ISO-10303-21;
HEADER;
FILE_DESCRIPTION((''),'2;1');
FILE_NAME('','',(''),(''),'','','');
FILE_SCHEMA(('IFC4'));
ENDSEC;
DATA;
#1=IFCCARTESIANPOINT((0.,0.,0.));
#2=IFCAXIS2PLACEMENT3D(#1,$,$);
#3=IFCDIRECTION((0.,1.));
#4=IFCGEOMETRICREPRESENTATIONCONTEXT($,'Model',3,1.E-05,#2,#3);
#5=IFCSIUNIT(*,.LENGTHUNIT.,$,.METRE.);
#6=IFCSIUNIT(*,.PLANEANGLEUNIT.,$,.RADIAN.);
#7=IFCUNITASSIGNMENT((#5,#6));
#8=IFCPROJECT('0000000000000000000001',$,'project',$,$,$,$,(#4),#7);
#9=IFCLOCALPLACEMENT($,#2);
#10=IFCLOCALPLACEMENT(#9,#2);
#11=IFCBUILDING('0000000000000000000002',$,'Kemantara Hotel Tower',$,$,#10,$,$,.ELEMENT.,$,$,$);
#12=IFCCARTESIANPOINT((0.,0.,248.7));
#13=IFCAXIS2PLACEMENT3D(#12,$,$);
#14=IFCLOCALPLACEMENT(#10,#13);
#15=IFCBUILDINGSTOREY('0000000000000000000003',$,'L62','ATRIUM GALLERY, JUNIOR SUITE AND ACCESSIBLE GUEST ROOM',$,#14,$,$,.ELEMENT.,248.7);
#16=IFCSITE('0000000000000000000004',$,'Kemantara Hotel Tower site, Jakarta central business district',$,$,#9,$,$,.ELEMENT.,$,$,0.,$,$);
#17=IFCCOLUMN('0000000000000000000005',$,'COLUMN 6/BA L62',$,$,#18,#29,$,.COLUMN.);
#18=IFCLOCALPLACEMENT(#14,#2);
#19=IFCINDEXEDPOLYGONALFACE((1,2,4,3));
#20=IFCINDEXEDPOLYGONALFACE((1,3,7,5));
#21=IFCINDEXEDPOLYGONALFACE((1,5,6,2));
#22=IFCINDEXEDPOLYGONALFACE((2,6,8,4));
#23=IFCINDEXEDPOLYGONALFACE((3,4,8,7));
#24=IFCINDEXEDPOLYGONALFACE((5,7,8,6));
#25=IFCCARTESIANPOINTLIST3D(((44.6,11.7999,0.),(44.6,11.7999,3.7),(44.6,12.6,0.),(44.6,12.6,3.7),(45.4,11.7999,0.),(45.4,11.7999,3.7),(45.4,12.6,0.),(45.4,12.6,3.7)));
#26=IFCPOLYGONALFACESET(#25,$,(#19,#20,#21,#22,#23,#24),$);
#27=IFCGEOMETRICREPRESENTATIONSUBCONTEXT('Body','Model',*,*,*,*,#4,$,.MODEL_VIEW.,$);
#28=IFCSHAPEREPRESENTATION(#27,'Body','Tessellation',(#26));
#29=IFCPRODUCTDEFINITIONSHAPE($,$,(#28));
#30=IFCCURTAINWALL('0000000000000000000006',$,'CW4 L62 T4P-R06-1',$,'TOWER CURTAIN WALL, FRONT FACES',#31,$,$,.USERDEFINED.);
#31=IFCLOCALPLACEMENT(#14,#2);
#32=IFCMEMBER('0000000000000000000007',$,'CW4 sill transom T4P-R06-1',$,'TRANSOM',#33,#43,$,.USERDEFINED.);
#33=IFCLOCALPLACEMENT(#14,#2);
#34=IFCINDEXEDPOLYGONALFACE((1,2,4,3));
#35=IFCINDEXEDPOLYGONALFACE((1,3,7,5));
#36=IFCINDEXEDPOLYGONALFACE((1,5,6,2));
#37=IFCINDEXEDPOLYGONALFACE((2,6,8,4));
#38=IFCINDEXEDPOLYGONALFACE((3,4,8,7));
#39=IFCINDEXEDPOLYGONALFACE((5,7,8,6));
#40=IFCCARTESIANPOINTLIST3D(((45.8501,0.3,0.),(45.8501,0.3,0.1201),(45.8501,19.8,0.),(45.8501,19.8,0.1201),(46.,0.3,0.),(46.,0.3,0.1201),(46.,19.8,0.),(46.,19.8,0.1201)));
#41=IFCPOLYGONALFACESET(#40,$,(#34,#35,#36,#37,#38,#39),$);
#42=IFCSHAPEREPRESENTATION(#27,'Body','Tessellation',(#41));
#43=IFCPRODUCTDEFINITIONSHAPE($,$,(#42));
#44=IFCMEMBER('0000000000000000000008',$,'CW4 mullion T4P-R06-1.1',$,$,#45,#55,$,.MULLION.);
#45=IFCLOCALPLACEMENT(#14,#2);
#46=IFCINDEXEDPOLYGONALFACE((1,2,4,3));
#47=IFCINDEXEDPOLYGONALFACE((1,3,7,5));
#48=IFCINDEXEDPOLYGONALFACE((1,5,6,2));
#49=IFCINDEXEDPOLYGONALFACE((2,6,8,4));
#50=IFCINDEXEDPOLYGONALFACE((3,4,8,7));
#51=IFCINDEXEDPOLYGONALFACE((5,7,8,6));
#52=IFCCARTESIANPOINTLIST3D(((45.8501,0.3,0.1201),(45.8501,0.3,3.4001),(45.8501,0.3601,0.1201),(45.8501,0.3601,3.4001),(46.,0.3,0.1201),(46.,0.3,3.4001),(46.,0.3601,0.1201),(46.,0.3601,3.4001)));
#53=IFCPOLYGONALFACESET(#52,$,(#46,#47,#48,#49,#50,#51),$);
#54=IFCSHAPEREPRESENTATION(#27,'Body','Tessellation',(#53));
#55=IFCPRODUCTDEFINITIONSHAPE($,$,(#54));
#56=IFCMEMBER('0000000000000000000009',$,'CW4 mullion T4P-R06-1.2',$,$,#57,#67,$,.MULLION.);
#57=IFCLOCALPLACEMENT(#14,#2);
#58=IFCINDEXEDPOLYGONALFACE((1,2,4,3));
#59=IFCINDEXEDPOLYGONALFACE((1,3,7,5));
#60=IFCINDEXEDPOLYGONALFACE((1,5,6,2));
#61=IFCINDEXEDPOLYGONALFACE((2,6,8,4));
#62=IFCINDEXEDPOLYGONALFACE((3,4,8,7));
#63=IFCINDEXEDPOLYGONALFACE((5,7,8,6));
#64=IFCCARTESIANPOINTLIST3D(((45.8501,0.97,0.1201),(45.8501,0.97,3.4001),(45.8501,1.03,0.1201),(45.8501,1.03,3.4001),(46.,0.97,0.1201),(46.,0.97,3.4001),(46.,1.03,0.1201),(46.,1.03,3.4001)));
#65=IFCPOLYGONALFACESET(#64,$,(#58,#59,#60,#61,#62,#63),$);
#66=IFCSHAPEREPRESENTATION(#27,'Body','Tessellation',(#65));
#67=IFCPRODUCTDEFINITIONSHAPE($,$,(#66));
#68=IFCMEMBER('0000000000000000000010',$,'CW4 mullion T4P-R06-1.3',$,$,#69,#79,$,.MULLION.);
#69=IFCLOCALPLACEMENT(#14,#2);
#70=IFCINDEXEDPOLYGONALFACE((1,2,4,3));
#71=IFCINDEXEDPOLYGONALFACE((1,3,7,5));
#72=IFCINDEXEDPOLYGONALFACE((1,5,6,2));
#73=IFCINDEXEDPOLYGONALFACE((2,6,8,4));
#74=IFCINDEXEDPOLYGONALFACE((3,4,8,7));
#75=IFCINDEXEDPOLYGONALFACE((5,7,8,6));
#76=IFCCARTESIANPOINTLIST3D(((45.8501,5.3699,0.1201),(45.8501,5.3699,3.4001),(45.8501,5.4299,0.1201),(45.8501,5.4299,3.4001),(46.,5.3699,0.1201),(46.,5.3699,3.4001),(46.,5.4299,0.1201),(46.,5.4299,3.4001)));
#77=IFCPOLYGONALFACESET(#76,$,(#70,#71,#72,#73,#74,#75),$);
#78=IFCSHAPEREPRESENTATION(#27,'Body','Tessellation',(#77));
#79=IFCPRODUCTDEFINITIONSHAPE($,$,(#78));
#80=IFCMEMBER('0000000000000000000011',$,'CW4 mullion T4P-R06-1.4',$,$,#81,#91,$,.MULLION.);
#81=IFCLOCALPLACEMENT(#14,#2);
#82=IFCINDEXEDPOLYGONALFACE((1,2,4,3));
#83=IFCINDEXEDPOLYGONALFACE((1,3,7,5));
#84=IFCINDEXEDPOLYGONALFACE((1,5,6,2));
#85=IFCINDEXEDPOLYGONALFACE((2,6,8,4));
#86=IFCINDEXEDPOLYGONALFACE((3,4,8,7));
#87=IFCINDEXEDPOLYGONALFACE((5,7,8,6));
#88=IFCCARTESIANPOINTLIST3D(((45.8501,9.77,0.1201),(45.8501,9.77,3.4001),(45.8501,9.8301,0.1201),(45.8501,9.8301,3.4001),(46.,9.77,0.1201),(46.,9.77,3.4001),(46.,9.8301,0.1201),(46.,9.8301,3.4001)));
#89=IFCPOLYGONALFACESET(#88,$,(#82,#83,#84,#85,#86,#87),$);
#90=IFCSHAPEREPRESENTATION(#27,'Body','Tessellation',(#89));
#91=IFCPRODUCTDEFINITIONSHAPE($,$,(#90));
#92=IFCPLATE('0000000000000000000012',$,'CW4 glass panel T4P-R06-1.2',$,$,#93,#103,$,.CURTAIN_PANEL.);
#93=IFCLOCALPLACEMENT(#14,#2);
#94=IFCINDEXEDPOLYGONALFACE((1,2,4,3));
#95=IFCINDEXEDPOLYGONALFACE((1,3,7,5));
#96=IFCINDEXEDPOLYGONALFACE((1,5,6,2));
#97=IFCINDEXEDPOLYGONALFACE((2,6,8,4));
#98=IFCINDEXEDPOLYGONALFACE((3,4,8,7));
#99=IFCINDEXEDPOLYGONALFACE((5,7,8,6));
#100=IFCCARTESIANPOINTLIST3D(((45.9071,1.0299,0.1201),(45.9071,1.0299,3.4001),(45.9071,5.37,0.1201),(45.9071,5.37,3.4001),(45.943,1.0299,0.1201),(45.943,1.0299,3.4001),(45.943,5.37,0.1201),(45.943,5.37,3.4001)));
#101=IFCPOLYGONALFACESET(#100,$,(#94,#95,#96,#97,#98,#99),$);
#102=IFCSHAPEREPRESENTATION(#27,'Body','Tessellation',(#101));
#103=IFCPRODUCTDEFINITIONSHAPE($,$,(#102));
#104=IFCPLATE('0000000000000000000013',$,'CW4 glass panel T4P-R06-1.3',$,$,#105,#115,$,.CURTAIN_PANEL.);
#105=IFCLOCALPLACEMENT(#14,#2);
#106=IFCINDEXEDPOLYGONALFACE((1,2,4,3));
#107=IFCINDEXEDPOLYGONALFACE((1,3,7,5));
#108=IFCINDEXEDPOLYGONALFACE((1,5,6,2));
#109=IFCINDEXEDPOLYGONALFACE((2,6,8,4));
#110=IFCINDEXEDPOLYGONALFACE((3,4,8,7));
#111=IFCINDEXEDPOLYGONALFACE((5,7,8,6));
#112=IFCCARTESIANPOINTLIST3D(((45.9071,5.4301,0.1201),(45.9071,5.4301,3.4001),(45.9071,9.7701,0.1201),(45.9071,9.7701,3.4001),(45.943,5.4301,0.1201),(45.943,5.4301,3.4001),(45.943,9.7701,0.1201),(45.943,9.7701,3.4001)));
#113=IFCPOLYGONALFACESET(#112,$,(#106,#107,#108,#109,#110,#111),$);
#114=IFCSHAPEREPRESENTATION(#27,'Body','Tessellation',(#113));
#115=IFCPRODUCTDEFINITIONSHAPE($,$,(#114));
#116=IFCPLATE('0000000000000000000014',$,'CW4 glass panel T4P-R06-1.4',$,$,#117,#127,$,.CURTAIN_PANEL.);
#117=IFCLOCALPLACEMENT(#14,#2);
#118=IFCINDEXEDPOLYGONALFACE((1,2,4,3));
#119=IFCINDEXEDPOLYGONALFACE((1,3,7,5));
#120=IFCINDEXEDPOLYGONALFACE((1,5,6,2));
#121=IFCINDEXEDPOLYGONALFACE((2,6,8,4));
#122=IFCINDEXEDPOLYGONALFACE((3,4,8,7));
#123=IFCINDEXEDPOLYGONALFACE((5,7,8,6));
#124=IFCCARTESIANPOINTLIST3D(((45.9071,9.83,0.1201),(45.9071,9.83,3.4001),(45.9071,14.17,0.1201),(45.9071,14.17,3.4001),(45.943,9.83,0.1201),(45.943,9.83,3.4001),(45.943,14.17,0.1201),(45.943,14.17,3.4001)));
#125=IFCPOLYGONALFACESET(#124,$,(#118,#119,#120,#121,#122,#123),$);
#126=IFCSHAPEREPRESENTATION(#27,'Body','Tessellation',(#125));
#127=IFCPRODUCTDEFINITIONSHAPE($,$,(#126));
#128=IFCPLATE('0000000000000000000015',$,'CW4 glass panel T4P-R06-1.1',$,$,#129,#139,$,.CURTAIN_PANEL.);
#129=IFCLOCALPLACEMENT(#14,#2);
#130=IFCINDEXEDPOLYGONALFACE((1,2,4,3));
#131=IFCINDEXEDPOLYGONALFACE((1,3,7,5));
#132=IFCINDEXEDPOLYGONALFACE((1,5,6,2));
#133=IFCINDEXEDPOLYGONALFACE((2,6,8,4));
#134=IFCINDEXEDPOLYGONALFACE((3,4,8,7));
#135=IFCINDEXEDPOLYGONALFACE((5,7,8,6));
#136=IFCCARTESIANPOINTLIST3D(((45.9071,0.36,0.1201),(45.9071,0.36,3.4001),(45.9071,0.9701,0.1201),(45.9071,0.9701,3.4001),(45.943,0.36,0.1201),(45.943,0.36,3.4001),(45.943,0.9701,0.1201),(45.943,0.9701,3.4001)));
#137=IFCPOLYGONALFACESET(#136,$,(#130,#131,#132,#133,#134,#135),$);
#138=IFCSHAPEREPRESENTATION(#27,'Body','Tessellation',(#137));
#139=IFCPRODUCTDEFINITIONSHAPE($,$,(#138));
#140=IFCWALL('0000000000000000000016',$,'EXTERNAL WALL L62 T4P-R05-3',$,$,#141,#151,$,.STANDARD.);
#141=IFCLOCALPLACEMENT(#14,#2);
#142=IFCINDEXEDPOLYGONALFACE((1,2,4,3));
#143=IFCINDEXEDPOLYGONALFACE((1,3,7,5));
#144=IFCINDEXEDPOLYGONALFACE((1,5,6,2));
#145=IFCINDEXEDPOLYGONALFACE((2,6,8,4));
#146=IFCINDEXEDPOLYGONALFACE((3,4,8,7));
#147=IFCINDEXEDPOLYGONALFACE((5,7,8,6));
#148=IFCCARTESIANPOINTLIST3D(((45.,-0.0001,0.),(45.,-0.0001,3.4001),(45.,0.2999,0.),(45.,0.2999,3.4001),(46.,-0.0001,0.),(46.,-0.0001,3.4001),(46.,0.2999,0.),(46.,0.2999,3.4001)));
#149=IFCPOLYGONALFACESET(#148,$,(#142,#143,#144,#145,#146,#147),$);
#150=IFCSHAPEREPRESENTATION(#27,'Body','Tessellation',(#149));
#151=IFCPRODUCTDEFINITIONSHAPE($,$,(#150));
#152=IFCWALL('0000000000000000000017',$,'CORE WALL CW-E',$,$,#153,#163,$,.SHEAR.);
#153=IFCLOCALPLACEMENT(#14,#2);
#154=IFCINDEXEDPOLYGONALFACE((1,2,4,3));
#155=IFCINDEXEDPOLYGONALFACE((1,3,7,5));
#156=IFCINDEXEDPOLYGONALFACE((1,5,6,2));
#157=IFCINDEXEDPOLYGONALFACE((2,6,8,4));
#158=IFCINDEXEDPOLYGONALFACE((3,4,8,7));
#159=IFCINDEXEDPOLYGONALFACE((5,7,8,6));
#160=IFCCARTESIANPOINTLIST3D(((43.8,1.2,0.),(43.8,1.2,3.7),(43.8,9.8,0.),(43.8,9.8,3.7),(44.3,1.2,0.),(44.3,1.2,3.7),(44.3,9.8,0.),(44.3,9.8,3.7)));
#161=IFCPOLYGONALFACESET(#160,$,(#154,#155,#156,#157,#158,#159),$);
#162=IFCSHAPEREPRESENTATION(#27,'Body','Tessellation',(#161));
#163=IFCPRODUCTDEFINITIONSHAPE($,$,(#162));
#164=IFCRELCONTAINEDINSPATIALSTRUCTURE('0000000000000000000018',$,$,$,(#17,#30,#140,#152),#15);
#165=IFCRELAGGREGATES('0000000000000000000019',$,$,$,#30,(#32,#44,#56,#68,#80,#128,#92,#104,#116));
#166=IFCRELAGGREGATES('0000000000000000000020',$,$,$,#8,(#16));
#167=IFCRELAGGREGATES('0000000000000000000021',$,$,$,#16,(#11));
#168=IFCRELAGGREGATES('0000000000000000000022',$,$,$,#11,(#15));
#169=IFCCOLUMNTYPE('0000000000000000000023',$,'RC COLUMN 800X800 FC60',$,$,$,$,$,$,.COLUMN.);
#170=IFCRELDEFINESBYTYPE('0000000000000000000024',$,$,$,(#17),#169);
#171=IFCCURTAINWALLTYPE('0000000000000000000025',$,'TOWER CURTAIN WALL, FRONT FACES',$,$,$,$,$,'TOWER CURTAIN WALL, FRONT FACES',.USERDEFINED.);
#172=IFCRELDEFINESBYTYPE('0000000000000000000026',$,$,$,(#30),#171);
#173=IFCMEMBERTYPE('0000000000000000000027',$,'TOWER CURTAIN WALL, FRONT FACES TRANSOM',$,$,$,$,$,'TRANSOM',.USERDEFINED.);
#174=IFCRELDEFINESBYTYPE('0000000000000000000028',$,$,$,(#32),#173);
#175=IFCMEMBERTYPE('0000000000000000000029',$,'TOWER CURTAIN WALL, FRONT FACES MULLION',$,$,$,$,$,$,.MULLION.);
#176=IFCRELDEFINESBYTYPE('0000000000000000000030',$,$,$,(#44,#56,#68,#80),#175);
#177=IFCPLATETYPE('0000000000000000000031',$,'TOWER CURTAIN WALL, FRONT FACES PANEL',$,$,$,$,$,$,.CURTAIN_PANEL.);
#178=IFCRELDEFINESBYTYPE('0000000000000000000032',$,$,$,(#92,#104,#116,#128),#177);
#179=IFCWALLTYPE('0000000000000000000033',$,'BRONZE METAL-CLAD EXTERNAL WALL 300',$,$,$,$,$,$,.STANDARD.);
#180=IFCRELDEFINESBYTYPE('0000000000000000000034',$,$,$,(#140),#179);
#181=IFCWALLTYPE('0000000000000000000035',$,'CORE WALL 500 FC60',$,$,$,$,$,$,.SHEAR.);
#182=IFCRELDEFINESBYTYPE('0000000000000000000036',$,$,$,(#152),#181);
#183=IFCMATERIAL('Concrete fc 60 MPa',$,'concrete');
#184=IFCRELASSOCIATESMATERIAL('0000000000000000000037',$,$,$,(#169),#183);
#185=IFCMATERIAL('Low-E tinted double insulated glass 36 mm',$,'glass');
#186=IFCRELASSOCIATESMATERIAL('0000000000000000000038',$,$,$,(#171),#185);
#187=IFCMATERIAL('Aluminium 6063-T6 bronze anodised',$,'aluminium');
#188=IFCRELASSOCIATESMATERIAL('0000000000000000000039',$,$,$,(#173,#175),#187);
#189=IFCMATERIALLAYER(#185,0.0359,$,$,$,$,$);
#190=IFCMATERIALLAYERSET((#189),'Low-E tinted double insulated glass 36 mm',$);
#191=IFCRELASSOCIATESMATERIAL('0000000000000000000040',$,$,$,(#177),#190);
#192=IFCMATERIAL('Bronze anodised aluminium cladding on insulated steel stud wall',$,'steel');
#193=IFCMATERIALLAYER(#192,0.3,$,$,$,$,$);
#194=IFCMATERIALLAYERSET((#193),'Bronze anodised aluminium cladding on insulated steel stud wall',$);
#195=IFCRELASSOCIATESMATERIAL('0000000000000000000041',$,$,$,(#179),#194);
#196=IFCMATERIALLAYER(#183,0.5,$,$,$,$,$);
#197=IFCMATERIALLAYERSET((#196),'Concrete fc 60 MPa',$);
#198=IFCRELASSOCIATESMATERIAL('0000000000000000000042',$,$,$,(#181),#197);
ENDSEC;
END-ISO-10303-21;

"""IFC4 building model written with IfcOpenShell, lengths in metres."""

from ifc_helpers import new_model, si_unit, direction, frame, frame_2d, origin, origin_2d, place, context, subcontext, project, spatial, rectangle, extrude, source, transform, mapped, material, layer, layer_set, material_profile, profile_set, type_object, element, aggregate, save


model = new_model("IFC4")

# Units and contexts
model_context = context("Model", 3, precision=1e-05, world=origin(), true_north=direction((0.0, 1.0)))
body_context = subcontext(model_context, "Body", "Model", "MODEL_VIEW")
ifc_project = project(units=[si_unit("LENGTHUNIT", "METRE"), si_unit("PLANEANGLEUNIT", "RADIAN")], contexts=[model_context])

# Site, building, storey
site_placement = place(None, origin())
site = spatial("IfcSite", under=ifc_project, at=site_placement, Name="Kemantara Hotel Tower site, Jakarta central business district", CompositionType="ELEMENT", RefElevation=0.0)
building_placement = place(site_placement, origin())
building = spatial("IfcBuilding", under=site, at=building_placement, Name="Kemantara Hotel Tower", CompositionType="ELEMENT")
storey_placement = place(building_placement, frame((0.0, 0.0, 248.7)))
storey = spatial("IfcBuildingStorey", under=building, at=storey_placement, Name="L62", Description="ATRIUM GALLERY, JUNIOR SUITE AND ACCESSIBLE GUEST ROOM", CompositionType="ELEMENT", Elevation=248.7)

# Column
ifc_material_1 = material(Name="Concrete fc 60 MPa", Category="concrete")
ifc_material_profile_1 = material_profile(ifc_material_1, rectangle(XDim=0.8, YDim=0.8, at=origin_2d()), Name="RC 800X800")
ifc_profile_set_1 = profile_set([ifc_material_profile_1], Name="Concrete fc 60 MPa")
column_type = type_object("IfcColumnType", Name="RC COLUMN 800X800 FC60", PredefinedType="COLUMN", material=ifc_profile_set_1)
column_placement = place(storey_placement, frame((45.0, 12.2, 0.0), z_axis=(0.0, 0.0, 1.0), x_axis=(1.0, 0.0, 0.0)))
element("IfcColumn", 1, at=column_placement, inside=storey, type_object=column_type, Name="COLUMN 6/BA L62", PredefinedType="COLUMN", context=body_context, shape_type="SweptSolid", body=[
    extrude(rectangle(XDim=0.8, YDim=0.8, at=origin_2d()), origin(), (0.0, 0.0, 1.0), 3.7),
])

# Curtain wall, members, plates
ifc_material_2 = material(Name="Low-E tinted double insulated glass 36 mm", Category="glass")
curtain_wall_type = type_object("IfcCurtainWallType", Name="TOWER CURTAIN WALL, FRONT FACES", ElementType="TOWER CURTAIN WALL, FRONT FACES", PredefinedType="USERDEFINED", material=ifc_material_2)
curtain_wall_placement = place(storey_placement, origin())
curtain_wall = element("IfcCurtainWall", 2, at=curtain_wall_placement, inside=storey, type_object=curtain_wall_type, Name="CW4 L62 T4P-R06-1", ObjectType="TOWER CURTAIN WALL, FRONT FACES", PredefinedType="USERDEFINED")
ifc_material_3 = material(Name="Aluminium 6063-T6 bronze anodised", Category="aluminium")
ifc_material_profile_2 = material_profile(ifc_material_3, rectangle(XDim=0.1499, YDim=0.1201, at=origin_2d()), Name="TOWER CURTAIN WALL, FRONT FACES TRANSOM")
ifc_profile_set_2 = profile_set([ifc_material_profile_2], Name="Aluminium 6063-T6 bronze anodised")
member_type_1 = type_object("IfcMemberType", Name="TOWER CURTAIN WALL, FRONT FACES TRANSOM", ElementType="TRANSOM", PredefinedType="USERDEFINED", material=ifc_profile_set_2)
member_1_placement = place(storey_placement, frame((45.925, 0.3, 0.0601), z_axis=(0.0, 1.0, 0.0), x_axis=(-1.0, 0.0, 0.0)))
member_1 = element("IfcMember", 3, at=member_1_placement, type_object=member_type_1, Name="CW4 sill transom T4P-R06-1", ObjectType="TRANSOM", PredefinedType="USERDEFINED", context=body_context, shape_type="SweptSolid", body=[
    extrude(rectangle(XDim=0.1499, YDim=0.1201, at=origin_2d()), origin(), (0.0, 0.0, 1.0), 19.5),
])
ifc_material_profile_3 = material_profile(ifc_material_3, rectangle(XDim=0.1499, YDim=0.0601, at=origin_2d()), Name="TOWER CURTAIN WALL, FRONT FACES MULLION")
ifc_profile_set_3 = profile_set([ifc_material_profile_3], Name="Aluminium 6063-T6 bronze anodised")
member_type_2 = type_object("IfcMemberType", Name="TOWER CURTAIN WALL, FRONT FACES MULLION", PredefinedType="MULLION", material=ifc_profile_set_3)
shared_shape_1 = source(origin(), body_context, "Body", "SweptSolid", [
    extrude(rectangle(XDim=0.1499, YDim=0.0601, at=origin_2d()), origin(), (0.0, 0.0, 1.0), 3.28),
])
member_2_placement = place(storey_placement, frame((45.925, 0.3301, 0.1201), z_axis=(0.0, 0.0, 1.0), x_axis=(-1.0, 0.0, 0.0)))
member_2 = element("IfcMember", 4, at=member_2_placement, type_object=member_type_2, Name="CW4 mullion T4P-R06-1.1", PredefinedType="MULLION", context=body_context, shape_type="MappedRepresentation", body=[
    mapped(shared_shape_1, transform((0.0, 0.0, 0.0))),
])
member_3_placement = place(storey_placement, frame((45.925, 1.0, 0.1201), z_axis=(0.0, 0.0, 1.0), x_axis=(-1.0, 0.0, 0.0)))
member_3 = element("IfcMember", 5, at=member_3_placement, type_object=member_type_2, Name="CW4 mullion T4P-R06-1.2", PredefinedType="MULLION", context=body_context, shape_type="MappedRepresentation", body=[
    mapped(shared_shape_1, transform((0.0, 0.0, 0.0))),
])
member_4_placement = place(storey_placement, frame((45.925, 5.3999, 0.1201), z_axis=(0.0, 0.0, 1.0), x_axis=(-1.0, 0.0, 0.0)))
member_4 = element("IfcMember", 6, at=member_4_placement, type_object=member_type_2, Name="CW4 mullion T4P-R06-1.3", PredefinedType="MULLION", context=body_context, shape_type="MappedRepresentation", body=[
    mapped(shared_shape_1, transform((0.0, 0.0, 0.0))),
])
member_5_placement = place(storey_placement, frame((45.925, 9.8, 0.1201), z_axis=(0.0, 0.0, 1.0), x_axis=(-1.0, 0.0, 0.0)))
member_5 = element("IfcMember", 7, at=member_5_placement, type_object=member_type_2, Name="CW4 mullion T4P-R06-1.4", PredefinedType="MULLION", context=body_context, shape_type="MappedRepresentation", body=[
    mapped(shared_shape_1, transform((0.0, 0.0, 0.0))),
])
ifc_layer_1 = layer(ifc_material_2, 0.0359)
ifc_layer_set_1 = layer_set([ifc_layer_1], Name="Low-E tinted double insulated glass 36 mm")
plate_type = type_object("IfcPlateType", Name="TOWER CURTAIN WALL, FRONT FACES PANEL", PredefinedType="CURTAIN_PANEL", material=ifc_layer_set_1)
shared_shape_2 = source(origin(), body_context, "Body", "SweptSolid", [
    extrude(rectangle(XDim=4.3401, YDim=0.0359, at=origin_2d()), origin(), (0.0, 0.0, 1.0), 3.28),
])
plate_1_placement = place(storey_placement, frame((45.925, 3.2, 0.1201), z_axis=(0.0, 0.0, 1.0), x_axis=(0.0, 1.0, 0.0)))
plate_1 = element("IfcPlate", 8, at=plate_1_placement, type_object=plate_type, Name="CW4 glass panel T4P-R06-1.2", PredefinedType="CURTAIN_PANEL", context=body_context, shape_type="MappedRepresentation", body=[
    mapped(shared_shape_2, transform((0.0, 0.0, 0.0))),
])
plate_2_placement = place(storey_placement, frame((45.925, 7.6001, 0.1201), z_axis=(0.0, 0.0, 1.0), x_axis=(0.0, 1.0, 0.0)))
plate_2 = element("IfcPlate", 9, at=plate_2_placement, type_object=plate_type, Name="CW4 glass panel T4P-R06-1.3", PredefinedType="CURTAIN_PANEL", context=body_context, shape_type="MappedRepresentation", body=[
    mapped(shared_shape_2, transform((0.0, 0.0, 0.0))),
])
plate_3_placement = place(storey_placement, frame((45.925, 12.0, 0.1201), z_axis=(0.0, 0.0, 1.0), x_axis=(0.0, 1.0, 0.0)))
plate_3 = element("IfcPlate", 10, at=plate_3_placement, type_object=plate_type, Name="CW4 glass panel T4P-R06-1.4", PredefinedType="CURTAIN_PANEL", context=body_context, shape_type="MappedRepresentation", body=[
    mapped(shared_shape_2, transform((0.0, 0.0, 0.0))),
])
shared_shape_3 = source(origin(), body_context, "Body", "SweptSolid", [
    extrude(rectangle(XDim=0.6101, YDim=0.0359, at=origin_2d()), origin(), (0.0, 0.0, 1.0), 3.28),
])
plate_4_placement = place(storey_placement, frame((45.925, 0.665, 0.1201), z_axis=(0.0, 0.0, 1.0), x_axis=(0.0, 1.0, 0.0)))
plate_4 = element("IfcPlate", 11, at=plate_4_placement, type_object=plate_type, Name="CW4 glass panel T4P-R06-1.1", PredefinedType="CURTAIN_PANEL", context=body_context, shape_type="MappedRepresentation", body=[
    mapped(shared_shape_3, transform((0.0, 0.0, 0.0))),
])
aggregate(curtain_wall, [member_1, member_2, member_3, member_4, member_5, plate_4, plate_1, plate_2, plate_3])

# Walls
ifc_material_4 = material(Name="Bronze anodised aluminium cladding on insulated steel stud wall", Category="steel")
ifc_layer_2 = layer(ifc_material_4, 0.3)
ifc_layer_set_2 = layer_set([ifc_layer_2], Name="Bronze anodised aluminium cladding on insulated steel stud wall")
wall_type_1 = type_object("IfcWallType", Name="BRONZE METAL-CLAD EXTERNAL WALL 300", PredefinedType="STANDARD", material=ifc_layer_set_2)
wall_1_placement = place(storey_placement, frame((45.0, 0.1499, 0.0), z_axis=(0.0, 0.0, 1.0), x_axis=(1.0, 0.0, 0.0)))
element("IfcWall", 12, at=wall_1_placement, inside=storey, type_object=wall_type_1, Name="EXTERNAL WALL L62 T4P-R05-3", PredefinedType="STANDARD", context=body_context, shape_type="SweptSolid", body=[
    extrude(rectangle(XDim=1.0, YDim=0.3, at=frame_2d((0.5, 0.0))), origin(), (0.0, 0.0, 1.0), 3.4001),
])
ifc_layer_3 = layer(ifc_material_1, 0.5)
ifc_layer_set_3 = layer_set([ifc_layer_3], Name="Concrete fc 60 MPa")
wall_type_2 = type_object("IfcWallType", Name="CORE WALL 500 FC60", PredefinedType="SHEAR", material=ifc_layer_set_3)
wall_2_placement = place(storey_placement, frame((44.05, 1.2, 0.0), z_axis=(0.0, 0.0, 1.0), x_axis=(0.0, 1.0, 0.0)))
element("IfcWall", 13, at=wall_2_placement, inside=storey, type_object=wall_type_2, Name="CORE WALL CW-E", PredefinedType="SHEAR", context=body_context, shape_type="SweptSolid", body=[
    extrude(rectangle(XDim=8.6001, YDim=0.5, at=frame_2d((4.3, 0.0))), origin(), (0.0, 0.0, 1.0), 3.7),
])

save(model, "model.ifc")
